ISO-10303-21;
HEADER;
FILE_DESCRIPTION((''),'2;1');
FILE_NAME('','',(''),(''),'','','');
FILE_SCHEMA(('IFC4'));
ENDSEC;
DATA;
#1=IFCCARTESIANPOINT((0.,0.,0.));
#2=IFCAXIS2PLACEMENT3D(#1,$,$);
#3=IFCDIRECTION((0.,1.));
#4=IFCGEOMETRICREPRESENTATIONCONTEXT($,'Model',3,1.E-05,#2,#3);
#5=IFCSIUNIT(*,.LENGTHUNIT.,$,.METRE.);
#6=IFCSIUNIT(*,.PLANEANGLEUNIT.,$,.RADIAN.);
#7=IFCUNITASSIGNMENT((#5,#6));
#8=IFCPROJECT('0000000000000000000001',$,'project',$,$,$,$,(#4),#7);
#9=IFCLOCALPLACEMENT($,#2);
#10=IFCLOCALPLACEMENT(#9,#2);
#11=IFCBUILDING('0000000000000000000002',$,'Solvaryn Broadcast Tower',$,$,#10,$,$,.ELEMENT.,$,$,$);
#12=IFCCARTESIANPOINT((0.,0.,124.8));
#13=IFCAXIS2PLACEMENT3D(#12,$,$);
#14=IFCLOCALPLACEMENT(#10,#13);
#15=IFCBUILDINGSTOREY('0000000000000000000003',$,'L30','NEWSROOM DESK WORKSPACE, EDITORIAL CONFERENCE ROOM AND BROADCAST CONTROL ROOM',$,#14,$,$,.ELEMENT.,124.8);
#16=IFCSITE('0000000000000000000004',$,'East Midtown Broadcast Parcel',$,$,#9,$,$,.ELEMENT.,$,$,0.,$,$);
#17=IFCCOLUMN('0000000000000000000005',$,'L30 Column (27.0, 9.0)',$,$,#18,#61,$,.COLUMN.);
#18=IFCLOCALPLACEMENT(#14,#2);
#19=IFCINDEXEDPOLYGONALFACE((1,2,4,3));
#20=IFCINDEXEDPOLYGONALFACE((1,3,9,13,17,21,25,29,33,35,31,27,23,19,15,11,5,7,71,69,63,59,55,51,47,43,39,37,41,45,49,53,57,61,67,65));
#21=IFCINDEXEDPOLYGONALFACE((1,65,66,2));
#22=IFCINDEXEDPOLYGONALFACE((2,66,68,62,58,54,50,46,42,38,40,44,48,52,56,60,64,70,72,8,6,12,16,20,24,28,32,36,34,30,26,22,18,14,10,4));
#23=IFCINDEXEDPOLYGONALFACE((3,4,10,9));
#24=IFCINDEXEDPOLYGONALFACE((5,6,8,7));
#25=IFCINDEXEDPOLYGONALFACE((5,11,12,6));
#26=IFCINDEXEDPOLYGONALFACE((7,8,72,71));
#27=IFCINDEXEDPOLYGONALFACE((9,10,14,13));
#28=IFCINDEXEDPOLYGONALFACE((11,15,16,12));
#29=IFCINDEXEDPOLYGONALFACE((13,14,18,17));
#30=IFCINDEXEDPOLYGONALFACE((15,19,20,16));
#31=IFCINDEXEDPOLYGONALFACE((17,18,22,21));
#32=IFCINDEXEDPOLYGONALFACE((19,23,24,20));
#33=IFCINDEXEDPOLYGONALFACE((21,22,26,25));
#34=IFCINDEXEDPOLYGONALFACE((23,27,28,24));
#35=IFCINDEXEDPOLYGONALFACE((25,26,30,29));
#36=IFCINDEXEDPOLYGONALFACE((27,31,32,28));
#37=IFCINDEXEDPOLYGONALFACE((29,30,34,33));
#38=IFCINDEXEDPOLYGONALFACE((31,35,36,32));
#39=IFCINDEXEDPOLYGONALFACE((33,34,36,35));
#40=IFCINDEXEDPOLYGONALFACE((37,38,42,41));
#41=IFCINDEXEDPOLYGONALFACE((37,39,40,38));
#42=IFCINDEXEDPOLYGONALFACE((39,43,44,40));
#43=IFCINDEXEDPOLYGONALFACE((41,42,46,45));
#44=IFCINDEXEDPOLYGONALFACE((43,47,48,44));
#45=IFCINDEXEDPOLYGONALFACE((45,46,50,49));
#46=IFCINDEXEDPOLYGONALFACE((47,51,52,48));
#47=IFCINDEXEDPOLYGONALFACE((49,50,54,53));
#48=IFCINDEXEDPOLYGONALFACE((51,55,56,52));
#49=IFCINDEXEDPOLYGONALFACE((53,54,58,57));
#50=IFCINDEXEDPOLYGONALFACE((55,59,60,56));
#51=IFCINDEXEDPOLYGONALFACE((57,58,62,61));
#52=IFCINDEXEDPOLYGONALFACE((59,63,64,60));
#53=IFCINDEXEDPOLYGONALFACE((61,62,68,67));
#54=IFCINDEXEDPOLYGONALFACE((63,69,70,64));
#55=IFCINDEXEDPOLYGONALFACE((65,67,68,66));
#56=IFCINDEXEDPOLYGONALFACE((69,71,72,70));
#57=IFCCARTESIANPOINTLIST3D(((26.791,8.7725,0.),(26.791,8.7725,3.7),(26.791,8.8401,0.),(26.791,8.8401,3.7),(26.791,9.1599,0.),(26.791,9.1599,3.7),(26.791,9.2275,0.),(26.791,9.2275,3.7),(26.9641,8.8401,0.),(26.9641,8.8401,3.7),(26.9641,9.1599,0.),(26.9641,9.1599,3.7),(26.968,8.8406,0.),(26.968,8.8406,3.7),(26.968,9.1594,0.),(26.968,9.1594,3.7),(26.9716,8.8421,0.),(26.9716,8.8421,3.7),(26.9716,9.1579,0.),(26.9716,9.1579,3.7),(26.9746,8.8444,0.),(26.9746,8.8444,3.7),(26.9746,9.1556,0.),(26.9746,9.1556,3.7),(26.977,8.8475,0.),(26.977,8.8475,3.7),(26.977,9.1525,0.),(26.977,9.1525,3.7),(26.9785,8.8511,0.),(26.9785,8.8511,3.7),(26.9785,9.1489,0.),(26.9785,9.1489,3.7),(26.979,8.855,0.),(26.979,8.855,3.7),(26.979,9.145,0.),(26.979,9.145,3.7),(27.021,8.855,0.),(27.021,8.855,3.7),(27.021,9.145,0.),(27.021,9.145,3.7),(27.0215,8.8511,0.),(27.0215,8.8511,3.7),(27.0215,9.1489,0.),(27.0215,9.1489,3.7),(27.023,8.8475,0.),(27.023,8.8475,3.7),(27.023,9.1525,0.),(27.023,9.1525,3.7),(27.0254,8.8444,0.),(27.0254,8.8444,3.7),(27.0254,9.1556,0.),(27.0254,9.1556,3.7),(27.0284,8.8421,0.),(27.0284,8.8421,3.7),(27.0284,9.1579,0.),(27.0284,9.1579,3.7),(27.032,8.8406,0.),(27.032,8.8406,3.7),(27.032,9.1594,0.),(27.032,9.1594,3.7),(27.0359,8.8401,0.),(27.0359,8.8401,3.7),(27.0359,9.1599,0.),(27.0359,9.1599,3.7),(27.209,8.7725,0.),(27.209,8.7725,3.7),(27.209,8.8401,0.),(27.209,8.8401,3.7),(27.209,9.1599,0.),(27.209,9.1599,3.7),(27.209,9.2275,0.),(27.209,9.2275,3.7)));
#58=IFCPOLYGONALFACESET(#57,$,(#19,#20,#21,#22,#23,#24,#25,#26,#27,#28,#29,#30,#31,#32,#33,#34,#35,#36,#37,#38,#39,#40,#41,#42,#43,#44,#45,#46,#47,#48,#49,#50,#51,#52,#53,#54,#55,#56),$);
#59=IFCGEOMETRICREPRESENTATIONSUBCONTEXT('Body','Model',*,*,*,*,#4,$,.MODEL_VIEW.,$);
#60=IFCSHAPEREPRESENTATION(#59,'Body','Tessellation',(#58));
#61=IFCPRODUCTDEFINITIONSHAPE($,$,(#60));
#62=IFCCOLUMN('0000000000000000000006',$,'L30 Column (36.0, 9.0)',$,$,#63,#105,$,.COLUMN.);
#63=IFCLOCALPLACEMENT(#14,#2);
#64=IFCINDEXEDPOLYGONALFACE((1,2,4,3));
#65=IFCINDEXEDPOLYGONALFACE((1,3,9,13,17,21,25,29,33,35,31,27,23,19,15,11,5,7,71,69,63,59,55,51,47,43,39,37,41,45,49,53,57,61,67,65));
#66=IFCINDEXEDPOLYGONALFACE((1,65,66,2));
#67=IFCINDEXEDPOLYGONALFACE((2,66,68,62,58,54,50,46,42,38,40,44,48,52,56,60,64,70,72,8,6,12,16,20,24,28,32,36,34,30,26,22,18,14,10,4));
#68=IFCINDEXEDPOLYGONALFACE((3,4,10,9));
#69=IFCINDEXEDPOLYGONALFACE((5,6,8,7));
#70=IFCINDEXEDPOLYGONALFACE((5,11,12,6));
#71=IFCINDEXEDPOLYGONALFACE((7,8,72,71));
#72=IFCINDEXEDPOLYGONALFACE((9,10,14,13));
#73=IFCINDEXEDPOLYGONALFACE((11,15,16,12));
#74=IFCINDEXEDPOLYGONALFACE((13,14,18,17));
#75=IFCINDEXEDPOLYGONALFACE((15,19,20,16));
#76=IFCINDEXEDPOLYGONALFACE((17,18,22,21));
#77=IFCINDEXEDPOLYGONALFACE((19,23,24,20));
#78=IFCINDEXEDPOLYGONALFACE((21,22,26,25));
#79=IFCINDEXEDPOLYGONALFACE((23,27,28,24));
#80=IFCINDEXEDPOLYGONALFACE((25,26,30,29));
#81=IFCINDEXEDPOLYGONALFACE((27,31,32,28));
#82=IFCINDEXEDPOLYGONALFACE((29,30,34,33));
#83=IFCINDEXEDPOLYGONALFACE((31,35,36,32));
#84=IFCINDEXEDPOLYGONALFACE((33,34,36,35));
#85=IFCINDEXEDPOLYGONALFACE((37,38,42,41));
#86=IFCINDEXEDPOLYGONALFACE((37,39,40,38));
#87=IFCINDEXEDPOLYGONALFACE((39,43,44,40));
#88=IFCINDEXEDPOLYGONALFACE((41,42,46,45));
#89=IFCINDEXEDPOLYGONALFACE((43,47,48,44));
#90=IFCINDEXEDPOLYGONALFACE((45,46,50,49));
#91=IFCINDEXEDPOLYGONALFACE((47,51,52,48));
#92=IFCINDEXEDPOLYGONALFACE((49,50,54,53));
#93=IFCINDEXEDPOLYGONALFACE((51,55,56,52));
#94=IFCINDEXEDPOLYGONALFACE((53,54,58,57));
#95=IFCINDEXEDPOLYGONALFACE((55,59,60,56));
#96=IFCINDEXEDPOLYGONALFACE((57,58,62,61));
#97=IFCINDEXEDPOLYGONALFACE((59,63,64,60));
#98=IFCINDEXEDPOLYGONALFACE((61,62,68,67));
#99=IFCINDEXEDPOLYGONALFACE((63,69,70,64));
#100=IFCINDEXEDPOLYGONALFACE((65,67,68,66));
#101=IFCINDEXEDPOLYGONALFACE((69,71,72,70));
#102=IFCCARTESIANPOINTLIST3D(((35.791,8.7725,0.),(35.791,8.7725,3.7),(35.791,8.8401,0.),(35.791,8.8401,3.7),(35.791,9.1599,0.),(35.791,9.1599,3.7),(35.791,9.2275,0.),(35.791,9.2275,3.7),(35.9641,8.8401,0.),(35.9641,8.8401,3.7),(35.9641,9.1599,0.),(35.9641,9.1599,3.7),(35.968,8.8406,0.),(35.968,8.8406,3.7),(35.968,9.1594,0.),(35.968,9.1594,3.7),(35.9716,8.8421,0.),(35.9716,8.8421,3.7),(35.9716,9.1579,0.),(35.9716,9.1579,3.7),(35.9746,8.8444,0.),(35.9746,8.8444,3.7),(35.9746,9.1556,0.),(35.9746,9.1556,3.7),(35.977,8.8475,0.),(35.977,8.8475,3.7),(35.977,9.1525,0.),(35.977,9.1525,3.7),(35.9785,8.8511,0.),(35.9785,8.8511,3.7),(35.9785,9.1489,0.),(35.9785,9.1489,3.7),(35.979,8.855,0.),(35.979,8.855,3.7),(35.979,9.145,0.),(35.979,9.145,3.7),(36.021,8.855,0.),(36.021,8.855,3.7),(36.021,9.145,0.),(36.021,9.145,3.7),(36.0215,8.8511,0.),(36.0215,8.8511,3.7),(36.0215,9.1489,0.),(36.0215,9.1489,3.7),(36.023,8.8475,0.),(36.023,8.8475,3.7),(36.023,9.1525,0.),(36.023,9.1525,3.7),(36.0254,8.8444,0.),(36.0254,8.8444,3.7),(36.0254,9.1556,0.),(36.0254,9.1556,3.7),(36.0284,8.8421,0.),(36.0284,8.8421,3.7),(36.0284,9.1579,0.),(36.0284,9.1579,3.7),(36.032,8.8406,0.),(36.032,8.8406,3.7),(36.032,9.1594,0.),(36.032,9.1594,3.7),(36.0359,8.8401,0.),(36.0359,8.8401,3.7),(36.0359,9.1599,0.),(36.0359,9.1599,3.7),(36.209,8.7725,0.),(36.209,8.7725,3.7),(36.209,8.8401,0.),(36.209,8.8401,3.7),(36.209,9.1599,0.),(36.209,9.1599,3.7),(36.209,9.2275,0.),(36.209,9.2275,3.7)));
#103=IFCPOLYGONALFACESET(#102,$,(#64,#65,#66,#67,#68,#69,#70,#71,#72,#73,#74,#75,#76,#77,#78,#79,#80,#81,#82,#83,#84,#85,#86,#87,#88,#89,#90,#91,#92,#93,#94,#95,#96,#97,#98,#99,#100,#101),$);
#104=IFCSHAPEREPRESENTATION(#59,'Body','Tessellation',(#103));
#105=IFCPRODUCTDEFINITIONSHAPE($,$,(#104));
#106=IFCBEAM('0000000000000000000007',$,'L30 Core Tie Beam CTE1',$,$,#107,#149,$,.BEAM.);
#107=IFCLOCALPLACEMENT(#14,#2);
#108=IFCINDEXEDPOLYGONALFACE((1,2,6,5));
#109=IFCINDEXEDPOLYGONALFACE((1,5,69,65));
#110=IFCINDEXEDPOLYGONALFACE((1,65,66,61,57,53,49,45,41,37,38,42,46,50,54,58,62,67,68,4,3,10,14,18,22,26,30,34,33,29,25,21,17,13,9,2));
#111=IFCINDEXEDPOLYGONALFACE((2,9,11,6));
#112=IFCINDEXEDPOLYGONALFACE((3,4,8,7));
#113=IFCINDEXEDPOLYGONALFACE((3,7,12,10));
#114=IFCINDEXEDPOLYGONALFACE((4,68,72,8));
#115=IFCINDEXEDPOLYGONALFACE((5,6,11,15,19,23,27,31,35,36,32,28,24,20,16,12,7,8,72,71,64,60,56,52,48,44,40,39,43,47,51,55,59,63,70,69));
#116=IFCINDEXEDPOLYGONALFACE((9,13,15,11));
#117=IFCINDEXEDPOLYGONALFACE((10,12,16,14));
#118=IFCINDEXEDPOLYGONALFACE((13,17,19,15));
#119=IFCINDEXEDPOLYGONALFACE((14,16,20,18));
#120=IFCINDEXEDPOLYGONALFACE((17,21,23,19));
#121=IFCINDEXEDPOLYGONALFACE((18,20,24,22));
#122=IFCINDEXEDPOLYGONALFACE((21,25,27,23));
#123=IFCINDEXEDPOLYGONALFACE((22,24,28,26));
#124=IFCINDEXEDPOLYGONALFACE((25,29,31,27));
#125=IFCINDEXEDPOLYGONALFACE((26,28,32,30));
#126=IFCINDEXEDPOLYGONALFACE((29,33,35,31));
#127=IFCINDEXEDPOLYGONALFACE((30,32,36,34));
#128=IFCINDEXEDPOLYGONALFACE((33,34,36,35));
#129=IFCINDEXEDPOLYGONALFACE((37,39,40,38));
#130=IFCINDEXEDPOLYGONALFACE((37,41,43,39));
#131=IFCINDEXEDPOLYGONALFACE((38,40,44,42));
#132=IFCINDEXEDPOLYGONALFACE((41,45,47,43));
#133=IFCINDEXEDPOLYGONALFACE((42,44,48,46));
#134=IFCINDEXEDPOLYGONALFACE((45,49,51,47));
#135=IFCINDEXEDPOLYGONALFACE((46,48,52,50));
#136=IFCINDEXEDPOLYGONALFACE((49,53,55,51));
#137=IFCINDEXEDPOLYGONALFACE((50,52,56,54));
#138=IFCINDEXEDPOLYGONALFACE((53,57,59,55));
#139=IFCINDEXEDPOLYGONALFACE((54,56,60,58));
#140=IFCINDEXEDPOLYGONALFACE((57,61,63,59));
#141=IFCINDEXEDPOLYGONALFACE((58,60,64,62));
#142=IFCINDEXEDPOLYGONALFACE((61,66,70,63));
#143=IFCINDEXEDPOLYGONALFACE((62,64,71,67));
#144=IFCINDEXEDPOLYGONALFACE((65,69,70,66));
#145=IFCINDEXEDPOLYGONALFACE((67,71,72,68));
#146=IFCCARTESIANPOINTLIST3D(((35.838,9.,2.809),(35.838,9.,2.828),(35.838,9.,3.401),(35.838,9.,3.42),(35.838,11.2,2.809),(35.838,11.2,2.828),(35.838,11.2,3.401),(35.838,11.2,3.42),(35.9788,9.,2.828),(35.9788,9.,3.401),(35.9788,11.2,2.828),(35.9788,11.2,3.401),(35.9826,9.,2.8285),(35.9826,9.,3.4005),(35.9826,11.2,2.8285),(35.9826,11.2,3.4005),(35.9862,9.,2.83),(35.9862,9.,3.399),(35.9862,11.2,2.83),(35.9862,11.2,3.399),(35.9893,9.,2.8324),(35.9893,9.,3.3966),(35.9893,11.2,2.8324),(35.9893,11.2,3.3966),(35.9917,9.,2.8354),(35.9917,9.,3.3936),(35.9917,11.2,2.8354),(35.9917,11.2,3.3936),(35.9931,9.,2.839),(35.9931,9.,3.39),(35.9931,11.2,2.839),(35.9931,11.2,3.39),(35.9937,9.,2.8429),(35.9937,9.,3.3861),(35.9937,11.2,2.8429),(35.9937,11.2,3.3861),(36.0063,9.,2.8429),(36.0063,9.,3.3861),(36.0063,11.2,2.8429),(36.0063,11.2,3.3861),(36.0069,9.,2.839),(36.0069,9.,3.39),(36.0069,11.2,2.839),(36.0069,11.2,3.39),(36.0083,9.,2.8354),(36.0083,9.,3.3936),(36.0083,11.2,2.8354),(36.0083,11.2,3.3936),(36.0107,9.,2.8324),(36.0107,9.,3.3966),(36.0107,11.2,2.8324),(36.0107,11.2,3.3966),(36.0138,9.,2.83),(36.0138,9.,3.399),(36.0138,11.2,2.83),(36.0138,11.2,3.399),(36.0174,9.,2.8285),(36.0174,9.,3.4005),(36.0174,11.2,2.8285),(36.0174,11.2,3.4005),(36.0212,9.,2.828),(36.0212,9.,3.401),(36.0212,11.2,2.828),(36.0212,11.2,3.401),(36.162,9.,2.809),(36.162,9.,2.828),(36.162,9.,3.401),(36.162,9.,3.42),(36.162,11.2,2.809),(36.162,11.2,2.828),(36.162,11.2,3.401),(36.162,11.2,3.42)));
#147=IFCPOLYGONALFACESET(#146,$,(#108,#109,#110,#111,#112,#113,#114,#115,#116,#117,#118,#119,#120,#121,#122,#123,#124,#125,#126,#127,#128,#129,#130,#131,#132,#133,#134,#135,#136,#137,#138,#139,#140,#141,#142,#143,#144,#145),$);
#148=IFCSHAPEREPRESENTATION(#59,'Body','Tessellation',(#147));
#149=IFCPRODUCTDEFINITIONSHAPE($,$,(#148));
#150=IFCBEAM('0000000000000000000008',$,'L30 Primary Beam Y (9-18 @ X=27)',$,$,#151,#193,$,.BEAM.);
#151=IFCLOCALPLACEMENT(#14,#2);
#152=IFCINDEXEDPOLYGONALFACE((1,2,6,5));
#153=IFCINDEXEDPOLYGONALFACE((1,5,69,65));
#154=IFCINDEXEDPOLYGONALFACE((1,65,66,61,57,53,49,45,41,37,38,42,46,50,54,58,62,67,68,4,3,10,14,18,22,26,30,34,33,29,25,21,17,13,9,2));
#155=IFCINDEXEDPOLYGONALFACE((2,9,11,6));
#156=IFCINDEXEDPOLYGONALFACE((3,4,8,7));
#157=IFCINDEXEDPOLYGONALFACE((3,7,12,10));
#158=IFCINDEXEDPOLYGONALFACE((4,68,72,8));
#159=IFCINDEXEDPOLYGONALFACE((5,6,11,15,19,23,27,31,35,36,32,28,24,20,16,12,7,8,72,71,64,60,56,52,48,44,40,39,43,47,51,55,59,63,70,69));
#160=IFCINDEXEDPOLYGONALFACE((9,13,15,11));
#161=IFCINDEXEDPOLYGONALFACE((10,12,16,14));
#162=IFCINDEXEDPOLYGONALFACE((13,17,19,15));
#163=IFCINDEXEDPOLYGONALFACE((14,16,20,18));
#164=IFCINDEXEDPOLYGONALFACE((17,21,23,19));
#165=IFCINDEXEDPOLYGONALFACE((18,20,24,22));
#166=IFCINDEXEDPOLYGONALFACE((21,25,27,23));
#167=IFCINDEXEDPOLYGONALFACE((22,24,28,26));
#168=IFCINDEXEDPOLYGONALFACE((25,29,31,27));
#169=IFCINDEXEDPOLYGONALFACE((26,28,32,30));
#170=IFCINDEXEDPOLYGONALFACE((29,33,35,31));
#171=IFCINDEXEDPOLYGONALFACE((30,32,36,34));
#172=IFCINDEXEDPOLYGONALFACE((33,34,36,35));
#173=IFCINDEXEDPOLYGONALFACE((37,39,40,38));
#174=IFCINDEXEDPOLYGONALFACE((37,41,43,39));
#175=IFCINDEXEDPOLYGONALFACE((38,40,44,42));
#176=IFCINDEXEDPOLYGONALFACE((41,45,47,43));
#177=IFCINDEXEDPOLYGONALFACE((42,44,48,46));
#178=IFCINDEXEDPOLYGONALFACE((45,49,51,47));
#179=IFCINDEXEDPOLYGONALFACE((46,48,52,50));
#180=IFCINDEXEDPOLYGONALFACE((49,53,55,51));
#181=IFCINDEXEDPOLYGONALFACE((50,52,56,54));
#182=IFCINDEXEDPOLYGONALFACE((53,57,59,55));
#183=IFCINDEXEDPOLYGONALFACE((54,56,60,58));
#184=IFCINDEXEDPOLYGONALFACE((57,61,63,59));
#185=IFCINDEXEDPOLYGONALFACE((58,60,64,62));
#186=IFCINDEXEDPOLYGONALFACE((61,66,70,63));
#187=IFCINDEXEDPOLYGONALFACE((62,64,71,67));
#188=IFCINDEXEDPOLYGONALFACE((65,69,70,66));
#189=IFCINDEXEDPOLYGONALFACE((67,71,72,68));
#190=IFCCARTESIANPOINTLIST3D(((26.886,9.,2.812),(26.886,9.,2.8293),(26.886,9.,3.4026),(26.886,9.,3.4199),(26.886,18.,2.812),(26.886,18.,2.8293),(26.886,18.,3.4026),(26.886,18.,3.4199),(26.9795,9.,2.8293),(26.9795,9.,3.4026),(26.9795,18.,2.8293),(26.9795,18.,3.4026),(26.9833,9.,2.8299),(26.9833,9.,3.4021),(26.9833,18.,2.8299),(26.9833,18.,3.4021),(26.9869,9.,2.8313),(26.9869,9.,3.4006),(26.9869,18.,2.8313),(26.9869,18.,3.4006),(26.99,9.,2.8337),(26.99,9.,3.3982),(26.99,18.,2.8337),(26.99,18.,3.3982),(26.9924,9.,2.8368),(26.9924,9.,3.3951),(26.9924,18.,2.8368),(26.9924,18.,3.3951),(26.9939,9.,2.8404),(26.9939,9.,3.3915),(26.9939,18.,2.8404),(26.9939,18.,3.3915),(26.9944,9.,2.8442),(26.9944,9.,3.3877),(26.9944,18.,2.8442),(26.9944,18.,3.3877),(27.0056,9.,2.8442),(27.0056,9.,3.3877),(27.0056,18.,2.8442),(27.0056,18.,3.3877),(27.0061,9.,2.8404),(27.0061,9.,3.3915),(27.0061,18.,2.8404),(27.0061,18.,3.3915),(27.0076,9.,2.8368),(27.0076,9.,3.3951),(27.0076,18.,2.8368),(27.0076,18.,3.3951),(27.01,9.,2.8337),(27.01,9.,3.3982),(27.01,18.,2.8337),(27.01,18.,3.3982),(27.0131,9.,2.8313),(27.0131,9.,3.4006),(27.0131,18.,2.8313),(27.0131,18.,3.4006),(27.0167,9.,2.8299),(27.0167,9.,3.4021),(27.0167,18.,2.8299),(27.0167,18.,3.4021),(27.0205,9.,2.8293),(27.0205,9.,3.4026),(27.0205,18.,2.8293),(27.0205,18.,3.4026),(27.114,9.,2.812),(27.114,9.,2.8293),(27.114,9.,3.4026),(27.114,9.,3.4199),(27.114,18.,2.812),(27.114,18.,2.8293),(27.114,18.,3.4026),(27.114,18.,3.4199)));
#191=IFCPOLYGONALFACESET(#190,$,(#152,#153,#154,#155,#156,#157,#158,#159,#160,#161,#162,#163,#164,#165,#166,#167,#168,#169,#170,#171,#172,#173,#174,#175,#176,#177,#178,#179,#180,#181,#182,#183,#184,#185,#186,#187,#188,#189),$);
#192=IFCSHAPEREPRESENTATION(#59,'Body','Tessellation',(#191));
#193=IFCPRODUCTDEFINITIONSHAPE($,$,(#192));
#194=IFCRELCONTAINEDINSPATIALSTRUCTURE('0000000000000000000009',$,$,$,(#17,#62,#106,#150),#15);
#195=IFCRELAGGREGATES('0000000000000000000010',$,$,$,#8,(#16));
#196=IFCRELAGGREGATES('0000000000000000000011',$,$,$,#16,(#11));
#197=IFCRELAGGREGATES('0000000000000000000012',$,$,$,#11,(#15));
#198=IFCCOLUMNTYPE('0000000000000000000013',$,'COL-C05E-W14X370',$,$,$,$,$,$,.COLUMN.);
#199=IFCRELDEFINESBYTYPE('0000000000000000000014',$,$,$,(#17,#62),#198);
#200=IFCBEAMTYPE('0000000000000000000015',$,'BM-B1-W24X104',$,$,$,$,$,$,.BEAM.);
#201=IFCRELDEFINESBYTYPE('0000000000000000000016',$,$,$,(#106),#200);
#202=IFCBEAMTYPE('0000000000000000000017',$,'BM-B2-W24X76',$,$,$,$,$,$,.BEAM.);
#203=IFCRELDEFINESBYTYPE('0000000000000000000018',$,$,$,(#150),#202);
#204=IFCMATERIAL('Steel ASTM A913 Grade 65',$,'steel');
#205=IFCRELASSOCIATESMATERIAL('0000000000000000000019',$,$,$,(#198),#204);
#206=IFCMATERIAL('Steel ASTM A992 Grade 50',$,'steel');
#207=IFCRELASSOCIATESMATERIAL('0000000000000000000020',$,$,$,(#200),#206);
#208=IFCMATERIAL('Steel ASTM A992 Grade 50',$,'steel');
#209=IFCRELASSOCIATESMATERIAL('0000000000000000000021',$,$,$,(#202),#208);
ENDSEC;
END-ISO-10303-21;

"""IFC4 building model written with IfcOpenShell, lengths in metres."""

from ifc_helpers import new_model, si_unit, direction, frame, origin, origin_2d, place, context, subcontext, project, spatial, i_section, extrude, material, material_profile, profile_set, type_object, element, save


model = new_model("IFC4")

# Units and contexts
model_context = context("Model", 3, precision=1e-05, world=origin(), true_north=direction((0.0, 1.0)))
body_context = subcontext(model_context, "Body", "Model", "MODEL_VIEW")
ifc_project = project(units=[si_unit("LENGTHUNIT", "METRE"), si_unit("PLANEANGLEUNIT", "RADIAN")], contexts=[model_context])

# Site, building, storey
site_placement = place(None, origin())
site = spatial("IfcSite", under=ifc_project, at=site_placement, Name="East Midtown Broadcast Parcel", CompositionType="ELEMENT", RefElevation=0.0)
building_placement = place(site_placement, origin())
building = spatial("IfcBuilding", under=site, at=building_placement, Name="Solvaryn Broadcast Tower", CompositionType="ELEMENT")
storey_placement = place(building_placement, frame((0.0, 0.0, 124.8)))
storey = spatial("IfcBuildingStorey", under=building, at=storey_placement, Name="L30", Description="NEWSROOM DESK WORKSPACE, EDITORIAL CONFERENCE ROOM AND BROADCAST CONTROL ROOM", CompositionType="ELEMENT", Elevation=124.8)

# Columns
ifc_material_1 = material(Name="Steel ASTM A913 Grade 65", Category="steel")
ifc_material_profile_1 = material_profile(ifc_material_1, i_section(OverallWidth=0.418, OverallDepth=0.4551, WebThickness=0.042, FlangeThickness=0.0676, FilletRadius=0.0149, at=origin_2d()))
ifc_profile_set_1 = profile_set([ifc_material_profile_1], Name="Steel ASTM A913 Grade 65")
column_type = type_object("IfcColumnType", Name="COL-C05E-W14X370", PredefinedType="COLUMN", material=ifc_profile_set_1)
for number, where, z_axis, x_axis, name in (
    (1, (27.0, 9.0, 0.0), (0.0, 0.0, 1.0), (1.0, 0.0, 0.0), "L30 Column (27.0, 9.0)"),
    (2, (36.0, 9.0, 0.0), (0.0, 0.0, 1.0), (1.0, 0.0, 0.0), "L30 Column (36.0, 9.0)"),
):
    element("IfcColumn", number, at=place(storey_placement, frame(where, z_axis=z_axis, x_axis=x_axis)), inside=storey, type_object=column_type, Name=name, PredefinedType="COLUMN", context=body_context, shape_type="SweptSolid", body=[
        extrude(i_section(OverallWidth=0.418, OverallDepth=0.4551, WebThickness=0.042, FlangeThickness=0.0676, FilletRadius=0.0149, at=origin_2d()), origin(), (0.0, 0.0, 1.0), 3.7),
    ])

# Beams
ifc_material_2 = material(Name="Steel ASTM A992 Grade 50", Category="steel")
ifc_material_profile_2 = material_profile(ifc_material_2, i_section(OverallWidth=0.324, OverallDepth=0.6111, WebThickness=0.0127, FlangeThickness=0.019, FilletRadius=0.0149, at=origin_2d()))
ifc_profile_set_2 = profile_set([ifc_material_profile_2], Name="Steel ASTM A992 Grade 50")
beam_type_1 = type_object("IfcBeamType", Name="BM-B1-W24X104", PredefinedType="BEAM", material=ifc_profile_set_2)
beam_1_placement = place(storey_placement, frame((36.0, 9.0, 3.1145), z_axis=(0.0, 1.0, 0.0), x_axis=(-1.0, 0.0, 0.0)))
element("IfcBeam", 3, at=beam_1_placement, inside=storey, type_object=beam_type_1, Name="L30 Core Tie Beam CTE1", PredefinedType="BEAM", context=body_context, shape_type="SweptSolid", body=[
    extrude(i_section(OverallWidth=0.324, OverallDepth=0.6111, WebThickness=0.0127, FlangeThickness=0.019, FilletRadius=0.0149, at=origin_2d()), origin(), (0.0, 0.0, 1.0), 2.2),
])
ifc_material_3 = material(Name="Steel ASTM A992 Grade 50", Category="steel")
ifc_material_profile_3 = material_profile(ifc_material_3, i_section(OverallWidth=0.228, OverallDepth=0.6079, WebThickness=0.0112, FlangeThickness=0.0173, FilletRadius=0.0149, at=origin_2d()))
ifc_profile_set_3 = profile_set([ifc_material_profile_3], Name="Steel ASTM A992 Grade 50")
beam_type_2 = type_object("IfcBeamType", Name="BM-B2-W24X76", PredefinedType="BEAM", material=ifc_profile_set_3)
beam_2_placement = place(storey_placement, frame((27.0, 9.0, 3.116), z_axis=(0.0, 1.0, 0.0), x_axis=(-1.0, 0.0, 0.0)))
element("IfcBeam", 4, at=beam_2_placement, inside=storey, type_object=beam_type_2, Name="L30 Primary Beam Y (9-18 @ X=27)", PredefinedType="BEAM", context=body_context, shape_type="SweptSolid", body=[
    extrude(i_section(OverallWidth=0.228, OverallDepth=0.6079, WebThickness=0.0112, FlangeThickness=0.0173, FilletRadius=0.0149, at=origin_2d()), origin(), (0.0, 0.0, 1.0), 9.0),
])

save(model, "model.ifc")
